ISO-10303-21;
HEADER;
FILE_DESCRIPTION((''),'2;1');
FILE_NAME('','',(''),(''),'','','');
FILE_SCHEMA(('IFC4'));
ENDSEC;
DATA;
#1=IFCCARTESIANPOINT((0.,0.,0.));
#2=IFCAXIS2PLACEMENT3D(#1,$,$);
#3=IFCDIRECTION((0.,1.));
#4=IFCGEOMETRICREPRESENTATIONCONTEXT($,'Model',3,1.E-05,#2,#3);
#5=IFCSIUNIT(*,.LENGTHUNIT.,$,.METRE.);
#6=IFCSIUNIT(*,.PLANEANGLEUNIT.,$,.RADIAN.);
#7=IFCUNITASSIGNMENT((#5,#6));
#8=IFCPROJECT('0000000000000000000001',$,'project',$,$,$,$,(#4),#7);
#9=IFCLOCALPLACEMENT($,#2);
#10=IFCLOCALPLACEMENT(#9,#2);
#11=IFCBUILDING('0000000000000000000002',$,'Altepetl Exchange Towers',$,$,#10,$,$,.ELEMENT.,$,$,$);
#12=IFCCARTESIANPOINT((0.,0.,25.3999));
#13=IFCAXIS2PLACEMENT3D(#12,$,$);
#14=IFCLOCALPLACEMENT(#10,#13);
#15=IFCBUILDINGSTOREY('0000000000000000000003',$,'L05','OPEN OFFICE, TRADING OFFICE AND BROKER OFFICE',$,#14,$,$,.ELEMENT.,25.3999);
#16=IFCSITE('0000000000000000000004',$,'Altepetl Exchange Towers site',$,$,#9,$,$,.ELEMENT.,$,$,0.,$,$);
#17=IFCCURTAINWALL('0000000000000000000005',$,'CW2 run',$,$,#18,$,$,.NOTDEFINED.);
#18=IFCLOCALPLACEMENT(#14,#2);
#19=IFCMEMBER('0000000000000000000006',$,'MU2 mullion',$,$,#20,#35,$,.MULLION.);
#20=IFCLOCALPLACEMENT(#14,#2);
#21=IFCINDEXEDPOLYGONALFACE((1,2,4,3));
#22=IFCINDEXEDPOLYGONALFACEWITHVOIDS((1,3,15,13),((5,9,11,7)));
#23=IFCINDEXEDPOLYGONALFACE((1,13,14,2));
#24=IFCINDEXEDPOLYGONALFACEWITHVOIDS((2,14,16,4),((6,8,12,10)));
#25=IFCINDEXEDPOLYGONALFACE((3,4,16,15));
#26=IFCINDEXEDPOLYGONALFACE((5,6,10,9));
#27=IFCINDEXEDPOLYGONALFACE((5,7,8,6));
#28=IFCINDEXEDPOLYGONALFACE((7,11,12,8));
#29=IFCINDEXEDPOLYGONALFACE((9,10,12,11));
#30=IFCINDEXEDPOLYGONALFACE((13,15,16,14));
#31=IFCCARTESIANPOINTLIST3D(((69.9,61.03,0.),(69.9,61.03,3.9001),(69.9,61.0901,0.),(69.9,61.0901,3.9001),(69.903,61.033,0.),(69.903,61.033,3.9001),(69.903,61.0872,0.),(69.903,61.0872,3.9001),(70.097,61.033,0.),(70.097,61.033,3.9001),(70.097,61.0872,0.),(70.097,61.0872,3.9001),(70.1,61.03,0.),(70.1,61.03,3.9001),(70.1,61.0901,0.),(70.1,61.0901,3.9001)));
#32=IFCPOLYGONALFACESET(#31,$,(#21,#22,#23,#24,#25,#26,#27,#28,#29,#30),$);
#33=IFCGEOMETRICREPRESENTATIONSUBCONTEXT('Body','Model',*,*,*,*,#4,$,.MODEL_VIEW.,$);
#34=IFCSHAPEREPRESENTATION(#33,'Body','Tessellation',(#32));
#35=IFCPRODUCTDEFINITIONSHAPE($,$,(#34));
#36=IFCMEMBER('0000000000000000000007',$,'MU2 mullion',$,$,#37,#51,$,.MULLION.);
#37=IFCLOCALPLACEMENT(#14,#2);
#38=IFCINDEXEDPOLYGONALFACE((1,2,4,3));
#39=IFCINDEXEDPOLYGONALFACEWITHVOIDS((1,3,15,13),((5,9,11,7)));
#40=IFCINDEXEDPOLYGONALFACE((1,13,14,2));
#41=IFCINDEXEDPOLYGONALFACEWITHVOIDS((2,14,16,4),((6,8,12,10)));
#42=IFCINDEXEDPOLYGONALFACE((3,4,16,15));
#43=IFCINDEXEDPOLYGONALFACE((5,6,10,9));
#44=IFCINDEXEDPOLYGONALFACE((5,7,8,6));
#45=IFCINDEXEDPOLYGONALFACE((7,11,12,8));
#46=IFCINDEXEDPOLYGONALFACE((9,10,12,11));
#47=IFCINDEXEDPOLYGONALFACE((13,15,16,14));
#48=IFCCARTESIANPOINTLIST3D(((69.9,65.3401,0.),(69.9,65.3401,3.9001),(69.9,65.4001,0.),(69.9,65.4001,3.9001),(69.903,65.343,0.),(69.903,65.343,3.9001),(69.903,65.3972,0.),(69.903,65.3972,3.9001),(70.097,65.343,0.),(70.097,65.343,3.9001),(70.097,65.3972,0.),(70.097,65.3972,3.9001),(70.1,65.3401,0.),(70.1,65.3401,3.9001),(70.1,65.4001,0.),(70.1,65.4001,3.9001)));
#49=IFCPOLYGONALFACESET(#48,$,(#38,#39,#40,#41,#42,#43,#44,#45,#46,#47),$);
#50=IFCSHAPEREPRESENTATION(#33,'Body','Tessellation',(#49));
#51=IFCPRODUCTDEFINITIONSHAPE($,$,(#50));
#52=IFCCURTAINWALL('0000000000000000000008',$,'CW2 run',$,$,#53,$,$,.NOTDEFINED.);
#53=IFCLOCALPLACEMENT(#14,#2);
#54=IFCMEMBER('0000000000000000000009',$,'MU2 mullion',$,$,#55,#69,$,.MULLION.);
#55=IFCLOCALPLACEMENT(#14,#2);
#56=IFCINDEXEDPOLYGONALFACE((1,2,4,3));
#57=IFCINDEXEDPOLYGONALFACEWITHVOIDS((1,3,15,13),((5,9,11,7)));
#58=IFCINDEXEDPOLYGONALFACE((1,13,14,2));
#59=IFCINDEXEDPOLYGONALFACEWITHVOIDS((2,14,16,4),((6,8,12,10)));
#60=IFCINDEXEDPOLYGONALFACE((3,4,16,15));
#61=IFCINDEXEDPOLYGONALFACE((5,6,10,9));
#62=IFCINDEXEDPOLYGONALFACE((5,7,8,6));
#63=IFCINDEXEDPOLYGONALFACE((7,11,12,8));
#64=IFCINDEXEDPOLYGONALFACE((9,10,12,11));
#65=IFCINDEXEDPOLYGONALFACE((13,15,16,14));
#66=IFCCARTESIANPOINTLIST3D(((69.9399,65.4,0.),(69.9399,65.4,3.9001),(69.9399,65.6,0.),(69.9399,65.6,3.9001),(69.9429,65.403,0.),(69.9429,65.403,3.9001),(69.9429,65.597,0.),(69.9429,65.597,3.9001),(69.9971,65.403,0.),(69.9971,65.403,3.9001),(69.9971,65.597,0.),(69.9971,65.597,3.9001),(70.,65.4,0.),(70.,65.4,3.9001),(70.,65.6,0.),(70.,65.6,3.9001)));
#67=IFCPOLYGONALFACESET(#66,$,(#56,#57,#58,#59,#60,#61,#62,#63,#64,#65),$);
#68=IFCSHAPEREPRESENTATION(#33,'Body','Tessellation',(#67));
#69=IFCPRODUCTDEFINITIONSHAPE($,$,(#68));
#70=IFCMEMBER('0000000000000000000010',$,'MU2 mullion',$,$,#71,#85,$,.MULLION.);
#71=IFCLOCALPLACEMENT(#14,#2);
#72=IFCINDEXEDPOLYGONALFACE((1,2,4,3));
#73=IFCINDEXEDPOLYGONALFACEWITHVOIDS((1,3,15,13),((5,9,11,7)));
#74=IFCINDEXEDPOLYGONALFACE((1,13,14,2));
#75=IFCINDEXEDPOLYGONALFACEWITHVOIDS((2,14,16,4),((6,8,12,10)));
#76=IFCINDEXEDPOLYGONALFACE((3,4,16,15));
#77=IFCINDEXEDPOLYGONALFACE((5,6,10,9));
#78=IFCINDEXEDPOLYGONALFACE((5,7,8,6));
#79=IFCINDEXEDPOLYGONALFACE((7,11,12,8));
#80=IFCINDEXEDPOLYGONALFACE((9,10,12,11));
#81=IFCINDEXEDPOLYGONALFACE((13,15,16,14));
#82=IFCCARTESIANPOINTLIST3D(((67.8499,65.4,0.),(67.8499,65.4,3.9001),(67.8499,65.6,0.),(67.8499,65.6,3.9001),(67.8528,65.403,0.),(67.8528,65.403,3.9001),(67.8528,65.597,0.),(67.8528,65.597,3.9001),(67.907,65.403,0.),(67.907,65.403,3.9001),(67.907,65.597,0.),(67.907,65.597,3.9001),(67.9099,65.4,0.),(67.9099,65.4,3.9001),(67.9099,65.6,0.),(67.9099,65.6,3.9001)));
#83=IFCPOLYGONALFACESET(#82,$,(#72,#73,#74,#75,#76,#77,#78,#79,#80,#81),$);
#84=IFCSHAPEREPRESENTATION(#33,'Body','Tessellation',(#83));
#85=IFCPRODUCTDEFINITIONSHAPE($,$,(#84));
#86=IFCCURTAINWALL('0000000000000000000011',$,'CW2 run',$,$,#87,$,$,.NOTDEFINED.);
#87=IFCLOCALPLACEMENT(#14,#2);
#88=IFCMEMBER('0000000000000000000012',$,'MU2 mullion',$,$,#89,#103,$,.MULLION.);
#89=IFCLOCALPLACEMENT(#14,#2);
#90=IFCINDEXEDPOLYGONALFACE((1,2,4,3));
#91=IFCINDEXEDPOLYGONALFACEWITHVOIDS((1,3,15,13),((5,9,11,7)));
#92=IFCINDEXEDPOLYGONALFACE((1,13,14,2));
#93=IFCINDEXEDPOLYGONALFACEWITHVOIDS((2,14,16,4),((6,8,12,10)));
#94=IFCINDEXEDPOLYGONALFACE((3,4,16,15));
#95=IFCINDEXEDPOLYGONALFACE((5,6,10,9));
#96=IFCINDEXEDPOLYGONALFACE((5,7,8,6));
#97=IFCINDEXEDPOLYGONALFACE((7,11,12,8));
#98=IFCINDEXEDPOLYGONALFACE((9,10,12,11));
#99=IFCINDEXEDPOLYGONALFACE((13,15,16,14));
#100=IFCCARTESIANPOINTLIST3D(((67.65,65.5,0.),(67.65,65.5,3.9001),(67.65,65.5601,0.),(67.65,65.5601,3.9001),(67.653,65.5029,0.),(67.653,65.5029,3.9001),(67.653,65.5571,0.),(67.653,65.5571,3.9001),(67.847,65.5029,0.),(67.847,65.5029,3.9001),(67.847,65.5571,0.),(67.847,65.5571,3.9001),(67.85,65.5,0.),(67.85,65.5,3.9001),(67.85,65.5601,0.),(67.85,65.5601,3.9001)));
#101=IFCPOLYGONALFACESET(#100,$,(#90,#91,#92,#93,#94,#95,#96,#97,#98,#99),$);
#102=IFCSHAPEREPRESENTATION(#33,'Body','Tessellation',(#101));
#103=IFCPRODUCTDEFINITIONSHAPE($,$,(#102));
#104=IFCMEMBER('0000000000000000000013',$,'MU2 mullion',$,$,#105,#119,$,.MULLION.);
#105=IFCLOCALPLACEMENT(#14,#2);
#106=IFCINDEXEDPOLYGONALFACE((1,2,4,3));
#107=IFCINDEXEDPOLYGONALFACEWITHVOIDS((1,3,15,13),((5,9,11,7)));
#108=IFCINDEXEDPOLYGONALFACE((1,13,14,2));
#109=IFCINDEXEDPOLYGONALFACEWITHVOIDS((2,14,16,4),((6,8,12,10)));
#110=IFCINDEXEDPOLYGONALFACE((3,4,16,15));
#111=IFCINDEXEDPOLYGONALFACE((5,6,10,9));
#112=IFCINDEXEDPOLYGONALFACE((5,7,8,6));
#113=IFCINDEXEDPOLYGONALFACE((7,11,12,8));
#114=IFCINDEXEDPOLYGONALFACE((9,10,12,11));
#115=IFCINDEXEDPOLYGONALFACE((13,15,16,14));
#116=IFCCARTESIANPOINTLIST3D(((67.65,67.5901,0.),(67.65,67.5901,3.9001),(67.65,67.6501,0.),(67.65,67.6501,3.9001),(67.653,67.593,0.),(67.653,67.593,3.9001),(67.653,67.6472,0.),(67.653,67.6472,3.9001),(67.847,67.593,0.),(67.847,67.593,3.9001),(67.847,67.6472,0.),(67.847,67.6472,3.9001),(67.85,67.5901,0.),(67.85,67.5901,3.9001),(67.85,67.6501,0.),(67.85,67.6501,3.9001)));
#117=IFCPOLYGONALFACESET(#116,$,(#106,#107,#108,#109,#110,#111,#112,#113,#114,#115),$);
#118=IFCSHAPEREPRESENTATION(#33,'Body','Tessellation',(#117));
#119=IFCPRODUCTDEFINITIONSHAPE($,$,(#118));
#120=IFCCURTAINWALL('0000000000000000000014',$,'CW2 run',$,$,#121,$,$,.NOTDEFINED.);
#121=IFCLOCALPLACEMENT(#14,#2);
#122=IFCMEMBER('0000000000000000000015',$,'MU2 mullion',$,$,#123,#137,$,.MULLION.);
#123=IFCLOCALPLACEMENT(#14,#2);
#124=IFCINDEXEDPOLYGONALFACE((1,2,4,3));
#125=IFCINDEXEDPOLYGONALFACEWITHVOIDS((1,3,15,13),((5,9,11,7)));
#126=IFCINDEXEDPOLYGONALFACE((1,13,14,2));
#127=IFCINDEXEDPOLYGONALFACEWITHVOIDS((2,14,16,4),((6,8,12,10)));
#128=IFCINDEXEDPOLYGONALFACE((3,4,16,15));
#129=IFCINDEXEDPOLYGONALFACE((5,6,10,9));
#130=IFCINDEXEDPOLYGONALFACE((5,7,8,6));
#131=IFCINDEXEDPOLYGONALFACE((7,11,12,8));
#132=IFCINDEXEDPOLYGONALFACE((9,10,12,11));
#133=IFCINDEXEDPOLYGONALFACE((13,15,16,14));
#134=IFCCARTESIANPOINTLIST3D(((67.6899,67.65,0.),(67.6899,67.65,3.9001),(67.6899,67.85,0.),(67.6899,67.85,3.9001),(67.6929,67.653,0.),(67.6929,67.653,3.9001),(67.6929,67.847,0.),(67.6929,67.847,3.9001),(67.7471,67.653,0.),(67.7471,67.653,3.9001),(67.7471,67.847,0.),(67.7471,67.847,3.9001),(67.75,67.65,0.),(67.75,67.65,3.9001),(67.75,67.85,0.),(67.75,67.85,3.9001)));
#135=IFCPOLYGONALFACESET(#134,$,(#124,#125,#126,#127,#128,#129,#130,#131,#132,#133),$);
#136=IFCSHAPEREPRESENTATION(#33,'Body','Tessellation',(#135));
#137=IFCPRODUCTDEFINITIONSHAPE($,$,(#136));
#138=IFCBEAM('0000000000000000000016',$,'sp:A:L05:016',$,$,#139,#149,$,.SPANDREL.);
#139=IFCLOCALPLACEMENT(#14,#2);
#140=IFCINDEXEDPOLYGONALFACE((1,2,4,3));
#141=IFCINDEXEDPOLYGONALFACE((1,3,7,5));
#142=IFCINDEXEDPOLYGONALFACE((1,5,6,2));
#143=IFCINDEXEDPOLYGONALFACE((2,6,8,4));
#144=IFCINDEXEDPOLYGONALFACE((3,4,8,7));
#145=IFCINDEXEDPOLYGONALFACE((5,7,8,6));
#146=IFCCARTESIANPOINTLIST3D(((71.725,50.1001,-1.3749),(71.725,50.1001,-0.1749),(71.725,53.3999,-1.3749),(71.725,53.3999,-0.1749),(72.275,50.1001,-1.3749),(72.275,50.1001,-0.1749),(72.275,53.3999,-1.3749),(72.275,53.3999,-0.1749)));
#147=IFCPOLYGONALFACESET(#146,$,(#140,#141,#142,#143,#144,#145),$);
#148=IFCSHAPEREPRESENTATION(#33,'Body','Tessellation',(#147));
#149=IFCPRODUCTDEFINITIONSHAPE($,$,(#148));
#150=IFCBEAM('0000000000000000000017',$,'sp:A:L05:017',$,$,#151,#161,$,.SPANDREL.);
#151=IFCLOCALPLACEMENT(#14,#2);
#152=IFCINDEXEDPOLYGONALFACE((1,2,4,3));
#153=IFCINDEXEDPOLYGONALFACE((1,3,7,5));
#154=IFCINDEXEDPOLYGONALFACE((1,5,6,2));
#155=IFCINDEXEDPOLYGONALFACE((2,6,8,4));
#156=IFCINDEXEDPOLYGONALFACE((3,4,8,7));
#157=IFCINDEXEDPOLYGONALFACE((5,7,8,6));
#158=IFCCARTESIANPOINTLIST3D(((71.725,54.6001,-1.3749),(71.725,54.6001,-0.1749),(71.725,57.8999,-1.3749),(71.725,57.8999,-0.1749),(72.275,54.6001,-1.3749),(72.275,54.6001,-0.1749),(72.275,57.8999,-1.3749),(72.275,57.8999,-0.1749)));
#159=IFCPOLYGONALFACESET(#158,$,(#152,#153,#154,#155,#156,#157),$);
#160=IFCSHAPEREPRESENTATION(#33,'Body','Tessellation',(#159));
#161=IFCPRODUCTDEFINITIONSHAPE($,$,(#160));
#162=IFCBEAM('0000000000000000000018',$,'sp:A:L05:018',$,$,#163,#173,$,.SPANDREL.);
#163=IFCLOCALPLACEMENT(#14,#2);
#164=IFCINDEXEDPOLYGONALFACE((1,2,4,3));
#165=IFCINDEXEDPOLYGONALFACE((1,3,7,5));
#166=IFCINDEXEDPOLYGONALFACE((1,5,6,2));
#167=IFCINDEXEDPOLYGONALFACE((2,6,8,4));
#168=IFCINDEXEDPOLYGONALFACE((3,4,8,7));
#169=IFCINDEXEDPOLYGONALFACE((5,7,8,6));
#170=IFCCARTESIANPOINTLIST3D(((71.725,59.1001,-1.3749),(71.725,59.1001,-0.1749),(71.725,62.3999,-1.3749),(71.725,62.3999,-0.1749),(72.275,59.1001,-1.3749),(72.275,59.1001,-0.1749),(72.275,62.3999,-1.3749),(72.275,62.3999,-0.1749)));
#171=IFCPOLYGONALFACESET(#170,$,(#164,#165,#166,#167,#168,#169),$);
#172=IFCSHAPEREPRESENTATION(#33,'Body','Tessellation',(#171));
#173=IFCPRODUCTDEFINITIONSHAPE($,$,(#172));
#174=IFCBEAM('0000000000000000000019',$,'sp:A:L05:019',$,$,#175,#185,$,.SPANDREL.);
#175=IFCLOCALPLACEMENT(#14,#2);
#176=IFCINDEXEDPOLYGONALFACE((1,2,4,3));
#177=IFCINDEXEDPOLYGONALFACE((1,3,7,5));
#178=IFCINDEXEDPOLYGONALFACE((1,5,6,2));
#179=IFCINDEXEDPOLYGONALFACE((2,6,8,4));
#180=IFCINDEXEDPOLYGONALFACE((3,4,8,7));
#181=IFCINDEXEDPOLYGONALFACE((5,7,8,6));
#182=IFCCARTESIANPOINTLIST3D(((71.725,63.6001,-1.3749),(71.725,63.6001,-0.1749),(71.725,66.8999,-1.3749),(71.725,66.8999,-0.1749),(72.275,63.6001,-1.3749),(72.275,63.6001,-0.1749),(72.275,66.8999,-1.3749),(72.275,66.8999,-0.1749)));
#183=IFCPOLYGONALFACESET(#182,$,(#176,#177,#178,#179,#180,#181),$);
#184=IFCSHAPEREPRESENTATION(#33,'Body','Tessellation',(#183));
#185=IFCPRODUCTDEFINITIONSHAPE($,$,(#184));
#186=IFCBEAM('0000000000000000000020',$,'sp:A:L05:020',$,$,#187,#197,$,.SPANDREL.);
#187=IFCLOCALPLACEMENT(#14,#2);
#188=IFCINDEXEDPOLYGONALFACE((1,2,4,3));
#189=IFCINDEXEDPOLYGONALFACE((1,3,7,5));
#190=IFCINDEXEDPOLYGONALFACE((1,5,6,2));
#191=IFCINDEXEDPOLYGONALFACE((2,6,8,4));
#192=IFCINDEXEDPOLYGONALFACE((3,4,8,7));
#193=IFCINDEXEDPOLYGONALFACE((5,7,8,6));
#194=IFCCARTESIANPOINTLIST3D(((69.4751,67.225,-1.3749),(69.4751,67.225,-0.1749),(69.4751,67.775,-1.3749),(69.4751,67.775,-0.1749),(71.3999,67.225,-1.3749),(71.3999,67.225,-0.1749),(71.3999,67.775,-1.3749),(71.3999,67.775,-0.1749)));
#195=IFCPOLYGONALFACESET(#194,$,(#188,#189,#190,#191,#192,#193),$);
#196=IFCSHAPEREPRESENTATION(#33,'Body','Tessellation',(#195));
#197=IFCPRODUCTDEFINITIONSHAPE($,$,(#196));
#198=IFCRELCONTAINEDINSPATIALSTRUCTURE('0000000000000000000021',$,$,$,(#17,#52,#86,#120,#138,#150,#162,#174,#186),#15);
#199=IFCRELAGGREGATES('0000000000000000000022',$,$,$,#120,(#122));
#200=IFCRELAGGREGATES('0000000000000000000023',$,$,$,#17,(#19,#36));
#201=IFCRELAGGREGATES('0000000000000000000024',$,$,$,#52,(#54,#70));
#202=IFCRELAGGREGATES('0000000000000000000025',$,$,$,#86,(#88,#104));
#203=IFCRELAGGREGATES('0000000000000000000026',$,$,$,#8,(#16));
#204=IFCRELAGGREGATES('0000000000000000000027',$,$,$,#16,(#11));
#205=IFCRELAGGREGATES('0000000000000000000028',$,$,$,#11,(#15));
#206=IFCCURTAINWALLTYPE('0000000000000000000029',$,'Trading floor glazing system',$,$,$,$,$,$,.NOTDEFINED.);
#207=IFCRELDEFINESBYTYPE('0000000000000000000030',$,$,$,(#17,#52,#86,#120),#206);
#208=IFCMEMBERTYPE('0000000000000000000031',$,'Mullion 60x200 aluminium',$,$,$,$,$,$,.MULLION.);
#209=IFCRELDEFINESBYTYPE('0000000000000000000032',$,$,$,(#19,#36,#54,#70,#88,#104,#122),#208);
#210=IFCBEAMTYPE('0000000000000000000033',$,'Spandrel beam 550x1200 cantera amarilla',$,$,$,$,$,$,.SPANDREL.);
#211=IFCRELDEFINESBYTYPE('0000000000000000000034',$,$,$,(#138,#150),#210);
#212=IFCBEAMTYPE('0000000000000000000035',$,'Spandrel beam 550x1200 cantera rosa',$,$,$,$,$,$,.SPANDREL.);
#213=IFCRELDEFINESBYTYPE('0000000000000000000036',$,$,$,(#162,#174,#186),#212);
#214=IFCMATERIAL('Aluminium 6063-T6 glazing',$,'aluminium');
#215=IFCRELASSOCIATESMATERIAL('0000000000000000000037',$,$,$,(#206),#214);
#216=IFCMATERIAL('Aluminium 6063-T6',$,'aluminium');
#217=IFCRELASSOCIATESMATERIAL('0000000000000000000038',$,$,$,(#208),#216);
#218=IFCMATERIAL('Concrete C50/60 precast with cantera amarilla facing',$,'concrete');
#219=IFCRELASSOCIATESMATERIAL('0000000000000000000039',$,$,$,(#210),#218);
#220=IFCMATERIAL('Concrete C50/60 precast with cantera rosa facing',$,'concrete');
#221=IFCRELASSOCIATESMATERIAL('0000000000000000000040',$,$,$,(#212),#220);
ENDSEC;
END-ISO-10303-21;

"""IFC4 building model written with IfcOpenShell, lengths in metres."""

from ifc_helpers import new_model, si_unit, direction, frame, origin, origin_2d, place, context, subcontext, project, spatial, rectangle, hollow_rectangle, extrude, material, material_profile, profile_set, type_object, element, aggregate, save


model = new_model("IFC4")

# Units and contexts
model_context = context("Model", 3, precision=1e-05, world=origin(), true_north=direction((0.0, 1.0)))
body_context = subcontext(model_context, "Body", "Model", "MODEL_VIEW")
ifc_project = project(units=[si_unit("LENGTHUNIT", "METRE"), si_unit("PLANEANGLEUNIT", "RADIAN")], contexts=[model_context])

# Site, building, storey
site_placement = place(None, origin())
site = spatial("IfcSite", under=ifc_project, at=site_placement, Name="Altepetl Exchange Towers site", CompositionType="ELEMENT", RefElevation=0.0)
building_placement = place(site_placement, origin())
building = spatial("IfcBuilding", under=site, at=building_placement, Name="Altepetl Exchange Towers", CompositionType="ELEMENT")
storey_placement = place(building_placement, frame((0.0, 0.0, 25.3999)))
storey = spatial("IfcBuildingStorey", under=building, at=storey_placement, Name="L05", Description="OPEN OFFICE, TRADING OFFICE AND BROKER OFFICE", CompositionType="ELEMENT", Elevation=25.3999)

# Curtain walls, members
ifc_material_1 = material(Name="Aluminium 6063-T6 glazing", Category="aluminium")
curtain_wall_type = type_object("IfcCurtainWallType", Name="Trading floor glazing system", PredefinedType="NOTDEFINED", material=ifc_material_1)
ifc_material_2 = material(Name="Aluminium 6063-T6", Category="aluminium")
ifc_material_profile_1 = material_profile(ifc_material_2, hollow_rectangle(XDim=0.0601, YDim=0.2, WallThickness=0.0029, at=origin_2d()), Name="Mullion 60x200 aluminium")
ifc_profile_set_1 = profile_set([ifc_material_profile_1], Name="Aluminium 6063-T6")
member_type = type_object("IfcMemberType", Name="Mullion 60x200 aluminium", PredefinedType="MULLION", material=ifc_profile_set_1)
curtain_wall_1_placement = place(storey_placement, origin())
curtain_wall_1 = element("IfcCurtainWall", 1, at=curtain_wall_1_placement, inside=storey, type_object=curtain_wall_type, Name="CW2 run", PredefinedType="NOTDEFINED")
member_1_placement = place(storey_placement, frame((70.0, 61.0601, 0.0), z_axis=(0.0, 0.0, 1.0), x_axis=(0.0, 1.0, 0.0)))
member_1 = element("IfcMember", 2, at=member_1_placement, type_object=member_type, Name="MU2 mullion", PredefinedType="MULLION", context=body_context, shape_type="SweptSolid", body=[
    extrude(hollow_rectangle(XDim=0.0601, YDim=0.2, WallThickness=0.0029, at=origin_2d()), origin(), (0.0, 0.0, 1.0), 3.9001),
])
member_2_placement = place(storey_placement, frame((70.0, 65.3701, 0.0), z_axis=(0.0, 0.0, 1.0), x_axis=(0.0, 1.0, 0.0)))
member_2 = element("IfcMember", 3, at=member_2_placement, type_object=member_type, Name="MU2 mullion", PredefinedType="MULLION", context=body_context, shape_type="SweptSolid", body=[
    extrude(hollow_rectangle(XDim=0.0601, YDim=0.2, WallThickness=0.0029, at=origin_2d()), origin(), (0.0, 0.0, 1.0), 3.9001),
])
curtain_wall_2_placement = place(storey_placement, origin())
curtain_wall_2 = element("IfcCurtainWall", 4, at=curtain_wall_2_placement, inside=storey, type_object=curtain_wall_type, Name="CW2 run", PredefinedType="NOTDEFINED")
member_3_placement = place(storey_placement, frame((69.97, 65.5, 0.0), z_axis=(0.0, 0.0, 1.0), x_axis=(-1.0, 0.0, 0.0)))
member_3 = element("IfcMember", 5, at=member_3_placement, type_object=member_type, Name="MU2 mullion", PredefinedType="MULLION", context=body_context, shape_type="SweptSolid", body=[
    extrude(hollow_rectangle(XDim=0.0601, YDim=0.2, WallThickness=0.0029, at=origin_2d()), origin(), (0.0, 0.0, 1.0), 3.9001),
])
member_4_placement = place(storey_placement, frame((67.8799, 65.5, 0.0), z_axis=(0.0, 0.0, 1.0), x_axis=(-1.0, 0.0, 0.0)))
member_4 = element("IfcMember", 6, at=member_4_placement, type_object=member_type, Name="MU2 mullion", PredefinedType="MULLION", context=body_context, shape_type="SweptSolid", body=[
    extrude(hollow_rectangle(XDim=0.0601, YDim=0.2, WallThickness=0.0029, at=origin_2d()), origin(), (0.0, 0.0, 1.0), 3.9001),
])
curtain_wall_3_placement = place(storey_placement, origin())
curtain_wall_3 = element("IfcCurtainWall", 7, at=curtain_wall_3_placement, inside=storey, type_object=curtain_wall_type, Name="CW2 run", PredefinedType="NOTDEFINED")
member_5_placement = place(storey_placement, frame((67.75, 65.53, 0.0), z_axis=(0.0, 0.0, 1.0), x_axis=(0.0, 1.0, 0.0)))
member_5 = element("IfcMember", 8, at=member_5_placement, type_object=member_type, Name="MU2 mullion", PredefinedType="MULLION", context=body_context, shape_type="SweptSolid", body=[
    extrude(hollow_rectangle(XDim=0.0601, YDim=0.2, WallThickness=0.0029, at=origin_2d()), origin(), (0.0, 0.0, 1.0), 3.9001),
])
member_6_placement = place(storey_placement, frame((67.75, 67.6201, 0.0), z_axis=(0.0, 0.0, 1.0), x_axis=(0.0, 1.0, 0.0)))
member_6 = element("IfcMember", 9, at=member_6_placement, type_object=member_type, Name="MU2 mullion", PredefinedType="MULLION", context=body_context, shape_type="SweptSolid", body=[
    extrude(hollow_rectangle(XDim=0.0601, YDim=0.2, WallThickness=0.0029, at=origin_2d()), origin(), (0.0, 0.0, 1.0), 3.9001),
])

# Curtain wall, member
curtain_wall_4_placement = place(storey_placement, origin())
curtain_wall_4 = element("IfcCurtainWall", 10, at=curtain_wall_4_placement, inside=storey, type_object=curtain_wall_type, Name="CW2 run", PredefinedType="NOTDEFINED")
member_7_placement = place(storey_placement, frame((67.72, 67.75, 0.0), z_axis=(0.0, 0.0, 1.0), x_axis=(-1.0, 0.0, 0.0)))
member_7 = element("IfcMember", 11, at=member_7_placement, type_object=member_type, Name="MU2 mullion", PredefinedType="MULLION", context=body_context, shape_type="SweptSolid", body=[
    extrude(hollow_rectangle(XDim=0.0601, YDim=0.2, WallThickness=0.0029, at=origin_2d()), origin(), (0.0, 0.0, 1.0), 3.9001),
])
aggregate(curtain_wall_4, [member_7])

# Beams
ifc_material_3 = material(Name="Concrete C50/60 precast with cantera amarilla facing", Category="concrete")
ifc_material_profile_2 = material_profile(ifc_material_3, rectangle(XDim=0.55, YDim=1.2, at=origin_2d()), Name="550 x 1200")
ifc_profile_set_2 = profile_set([ifc_material_profile_2], Name="Concrete C50/60 precast with cantera amarilla facing")
beam_type_1 = type_object("IfcBeamType", Name="Spandrel beam 550x1200 cantera amarilla", PredefinedType="SPANDREL", material=ifc_profile_set_2)
for number, where, z_axis, x_axis, name in (
    (12, (72.0, 50.1001, -0.7749), (0.0, 1.0, 0.0), (-1.0, 0.0, 0.0), "sp:A:L05:016"),
    (13, (72.0, 54.6001, -0.7749), (0.0, 1.0, 0.0), (-1.0, 0.0, 0.0), "sp:A:L05:017"),
):
    element("IfcBeam", number, at=place(storey_placement, frame(where, z_axis=z_axis, x_axis=x_axis)), inside=storey, type_object=beam_type_1, Name=name, PredefinedType="SPANDREL", context=body_context, shape_type="SweptSolid", body=[
        extrude(rectangle(XDim=0.55, YDim=1.2, at=origin_2d()), origin(), (0.0, 0.0, 1.0), 3.2998),
    ])
ifc_material_4 = material(Name="Concrete C50/60 precast with cantera rosa facing", Category="concrete")
ifc_material_profile_3 = material_profile(ifc_material_4, rectangle(XDim=0.55, YDim=1.2, at=origin_2d()), Name="550 x 1200")
ifc_profile_set_3 = profile_set([ifc_material_profile_3], Name="Concrete C50/60 precast with cantera rosa facing")
beam_type_2 = type_object("IfcBeamType", Name="Spandrel beam 550x1200 cantera rosa", PredefinedType="SPANDREL", material=ifc_profile_set_3)
for number, where, z_axis, x_axis, name in (
    (14, (72.0, 59.1001, -0.7749), (0.0, 1.0, 0.0), (-1.0, 0.0, 0.0), "sp:A:L05:018"),
    (15, (72.0, 63.6001, -0.7749), (0.0, 1.0, 0.0), (-1.0, 0.0, 0.0), "sp:A:L05:019"),
):
    element("IfcBeam", number, at=place(storey_placement, frame(where, z_axis=z_axis, x_axis=x_axis)), inside=storey, type_object=beam_type_2, Name=name, PredefinedType="SPANDREL", context=body_context, shape_type="SweptSolid", body=[
        extrude(rectangle(XDim=0.55, YDim=1.2, at=origin_2d()), origin(), (0.0, 0.0, 1.0), 3.2998),
    ])
beam_1_placement = place(storey_placement, frame((71.3999, 67.5, -0.7749), z_axis=(-1.0, 0.0, 0.0), x_axis=(0.0, -1.0, 0.0)))
element("IfcBeam", 16, at=beam_1_placement, inside=storey, type_object=beam_type_2, Name="sp:A:L05:020", PredefinedType="SPANDREL", context=body_context, shape_type="SweptSolid", body=[
    extrude(rectangle(XDim=0.55, YDim=1.2, at=origin_2d()), origin(), (0.0, 0.0, 1.0), 1.9248),
])

aggregate(curtain_wall_1, [member_1, member_2])
aggregate(curtain_wall_2, [member_3, member_4])
aggregate(curtain_wall_3, [member_5, member_6])

save(model, "model.ifc")
